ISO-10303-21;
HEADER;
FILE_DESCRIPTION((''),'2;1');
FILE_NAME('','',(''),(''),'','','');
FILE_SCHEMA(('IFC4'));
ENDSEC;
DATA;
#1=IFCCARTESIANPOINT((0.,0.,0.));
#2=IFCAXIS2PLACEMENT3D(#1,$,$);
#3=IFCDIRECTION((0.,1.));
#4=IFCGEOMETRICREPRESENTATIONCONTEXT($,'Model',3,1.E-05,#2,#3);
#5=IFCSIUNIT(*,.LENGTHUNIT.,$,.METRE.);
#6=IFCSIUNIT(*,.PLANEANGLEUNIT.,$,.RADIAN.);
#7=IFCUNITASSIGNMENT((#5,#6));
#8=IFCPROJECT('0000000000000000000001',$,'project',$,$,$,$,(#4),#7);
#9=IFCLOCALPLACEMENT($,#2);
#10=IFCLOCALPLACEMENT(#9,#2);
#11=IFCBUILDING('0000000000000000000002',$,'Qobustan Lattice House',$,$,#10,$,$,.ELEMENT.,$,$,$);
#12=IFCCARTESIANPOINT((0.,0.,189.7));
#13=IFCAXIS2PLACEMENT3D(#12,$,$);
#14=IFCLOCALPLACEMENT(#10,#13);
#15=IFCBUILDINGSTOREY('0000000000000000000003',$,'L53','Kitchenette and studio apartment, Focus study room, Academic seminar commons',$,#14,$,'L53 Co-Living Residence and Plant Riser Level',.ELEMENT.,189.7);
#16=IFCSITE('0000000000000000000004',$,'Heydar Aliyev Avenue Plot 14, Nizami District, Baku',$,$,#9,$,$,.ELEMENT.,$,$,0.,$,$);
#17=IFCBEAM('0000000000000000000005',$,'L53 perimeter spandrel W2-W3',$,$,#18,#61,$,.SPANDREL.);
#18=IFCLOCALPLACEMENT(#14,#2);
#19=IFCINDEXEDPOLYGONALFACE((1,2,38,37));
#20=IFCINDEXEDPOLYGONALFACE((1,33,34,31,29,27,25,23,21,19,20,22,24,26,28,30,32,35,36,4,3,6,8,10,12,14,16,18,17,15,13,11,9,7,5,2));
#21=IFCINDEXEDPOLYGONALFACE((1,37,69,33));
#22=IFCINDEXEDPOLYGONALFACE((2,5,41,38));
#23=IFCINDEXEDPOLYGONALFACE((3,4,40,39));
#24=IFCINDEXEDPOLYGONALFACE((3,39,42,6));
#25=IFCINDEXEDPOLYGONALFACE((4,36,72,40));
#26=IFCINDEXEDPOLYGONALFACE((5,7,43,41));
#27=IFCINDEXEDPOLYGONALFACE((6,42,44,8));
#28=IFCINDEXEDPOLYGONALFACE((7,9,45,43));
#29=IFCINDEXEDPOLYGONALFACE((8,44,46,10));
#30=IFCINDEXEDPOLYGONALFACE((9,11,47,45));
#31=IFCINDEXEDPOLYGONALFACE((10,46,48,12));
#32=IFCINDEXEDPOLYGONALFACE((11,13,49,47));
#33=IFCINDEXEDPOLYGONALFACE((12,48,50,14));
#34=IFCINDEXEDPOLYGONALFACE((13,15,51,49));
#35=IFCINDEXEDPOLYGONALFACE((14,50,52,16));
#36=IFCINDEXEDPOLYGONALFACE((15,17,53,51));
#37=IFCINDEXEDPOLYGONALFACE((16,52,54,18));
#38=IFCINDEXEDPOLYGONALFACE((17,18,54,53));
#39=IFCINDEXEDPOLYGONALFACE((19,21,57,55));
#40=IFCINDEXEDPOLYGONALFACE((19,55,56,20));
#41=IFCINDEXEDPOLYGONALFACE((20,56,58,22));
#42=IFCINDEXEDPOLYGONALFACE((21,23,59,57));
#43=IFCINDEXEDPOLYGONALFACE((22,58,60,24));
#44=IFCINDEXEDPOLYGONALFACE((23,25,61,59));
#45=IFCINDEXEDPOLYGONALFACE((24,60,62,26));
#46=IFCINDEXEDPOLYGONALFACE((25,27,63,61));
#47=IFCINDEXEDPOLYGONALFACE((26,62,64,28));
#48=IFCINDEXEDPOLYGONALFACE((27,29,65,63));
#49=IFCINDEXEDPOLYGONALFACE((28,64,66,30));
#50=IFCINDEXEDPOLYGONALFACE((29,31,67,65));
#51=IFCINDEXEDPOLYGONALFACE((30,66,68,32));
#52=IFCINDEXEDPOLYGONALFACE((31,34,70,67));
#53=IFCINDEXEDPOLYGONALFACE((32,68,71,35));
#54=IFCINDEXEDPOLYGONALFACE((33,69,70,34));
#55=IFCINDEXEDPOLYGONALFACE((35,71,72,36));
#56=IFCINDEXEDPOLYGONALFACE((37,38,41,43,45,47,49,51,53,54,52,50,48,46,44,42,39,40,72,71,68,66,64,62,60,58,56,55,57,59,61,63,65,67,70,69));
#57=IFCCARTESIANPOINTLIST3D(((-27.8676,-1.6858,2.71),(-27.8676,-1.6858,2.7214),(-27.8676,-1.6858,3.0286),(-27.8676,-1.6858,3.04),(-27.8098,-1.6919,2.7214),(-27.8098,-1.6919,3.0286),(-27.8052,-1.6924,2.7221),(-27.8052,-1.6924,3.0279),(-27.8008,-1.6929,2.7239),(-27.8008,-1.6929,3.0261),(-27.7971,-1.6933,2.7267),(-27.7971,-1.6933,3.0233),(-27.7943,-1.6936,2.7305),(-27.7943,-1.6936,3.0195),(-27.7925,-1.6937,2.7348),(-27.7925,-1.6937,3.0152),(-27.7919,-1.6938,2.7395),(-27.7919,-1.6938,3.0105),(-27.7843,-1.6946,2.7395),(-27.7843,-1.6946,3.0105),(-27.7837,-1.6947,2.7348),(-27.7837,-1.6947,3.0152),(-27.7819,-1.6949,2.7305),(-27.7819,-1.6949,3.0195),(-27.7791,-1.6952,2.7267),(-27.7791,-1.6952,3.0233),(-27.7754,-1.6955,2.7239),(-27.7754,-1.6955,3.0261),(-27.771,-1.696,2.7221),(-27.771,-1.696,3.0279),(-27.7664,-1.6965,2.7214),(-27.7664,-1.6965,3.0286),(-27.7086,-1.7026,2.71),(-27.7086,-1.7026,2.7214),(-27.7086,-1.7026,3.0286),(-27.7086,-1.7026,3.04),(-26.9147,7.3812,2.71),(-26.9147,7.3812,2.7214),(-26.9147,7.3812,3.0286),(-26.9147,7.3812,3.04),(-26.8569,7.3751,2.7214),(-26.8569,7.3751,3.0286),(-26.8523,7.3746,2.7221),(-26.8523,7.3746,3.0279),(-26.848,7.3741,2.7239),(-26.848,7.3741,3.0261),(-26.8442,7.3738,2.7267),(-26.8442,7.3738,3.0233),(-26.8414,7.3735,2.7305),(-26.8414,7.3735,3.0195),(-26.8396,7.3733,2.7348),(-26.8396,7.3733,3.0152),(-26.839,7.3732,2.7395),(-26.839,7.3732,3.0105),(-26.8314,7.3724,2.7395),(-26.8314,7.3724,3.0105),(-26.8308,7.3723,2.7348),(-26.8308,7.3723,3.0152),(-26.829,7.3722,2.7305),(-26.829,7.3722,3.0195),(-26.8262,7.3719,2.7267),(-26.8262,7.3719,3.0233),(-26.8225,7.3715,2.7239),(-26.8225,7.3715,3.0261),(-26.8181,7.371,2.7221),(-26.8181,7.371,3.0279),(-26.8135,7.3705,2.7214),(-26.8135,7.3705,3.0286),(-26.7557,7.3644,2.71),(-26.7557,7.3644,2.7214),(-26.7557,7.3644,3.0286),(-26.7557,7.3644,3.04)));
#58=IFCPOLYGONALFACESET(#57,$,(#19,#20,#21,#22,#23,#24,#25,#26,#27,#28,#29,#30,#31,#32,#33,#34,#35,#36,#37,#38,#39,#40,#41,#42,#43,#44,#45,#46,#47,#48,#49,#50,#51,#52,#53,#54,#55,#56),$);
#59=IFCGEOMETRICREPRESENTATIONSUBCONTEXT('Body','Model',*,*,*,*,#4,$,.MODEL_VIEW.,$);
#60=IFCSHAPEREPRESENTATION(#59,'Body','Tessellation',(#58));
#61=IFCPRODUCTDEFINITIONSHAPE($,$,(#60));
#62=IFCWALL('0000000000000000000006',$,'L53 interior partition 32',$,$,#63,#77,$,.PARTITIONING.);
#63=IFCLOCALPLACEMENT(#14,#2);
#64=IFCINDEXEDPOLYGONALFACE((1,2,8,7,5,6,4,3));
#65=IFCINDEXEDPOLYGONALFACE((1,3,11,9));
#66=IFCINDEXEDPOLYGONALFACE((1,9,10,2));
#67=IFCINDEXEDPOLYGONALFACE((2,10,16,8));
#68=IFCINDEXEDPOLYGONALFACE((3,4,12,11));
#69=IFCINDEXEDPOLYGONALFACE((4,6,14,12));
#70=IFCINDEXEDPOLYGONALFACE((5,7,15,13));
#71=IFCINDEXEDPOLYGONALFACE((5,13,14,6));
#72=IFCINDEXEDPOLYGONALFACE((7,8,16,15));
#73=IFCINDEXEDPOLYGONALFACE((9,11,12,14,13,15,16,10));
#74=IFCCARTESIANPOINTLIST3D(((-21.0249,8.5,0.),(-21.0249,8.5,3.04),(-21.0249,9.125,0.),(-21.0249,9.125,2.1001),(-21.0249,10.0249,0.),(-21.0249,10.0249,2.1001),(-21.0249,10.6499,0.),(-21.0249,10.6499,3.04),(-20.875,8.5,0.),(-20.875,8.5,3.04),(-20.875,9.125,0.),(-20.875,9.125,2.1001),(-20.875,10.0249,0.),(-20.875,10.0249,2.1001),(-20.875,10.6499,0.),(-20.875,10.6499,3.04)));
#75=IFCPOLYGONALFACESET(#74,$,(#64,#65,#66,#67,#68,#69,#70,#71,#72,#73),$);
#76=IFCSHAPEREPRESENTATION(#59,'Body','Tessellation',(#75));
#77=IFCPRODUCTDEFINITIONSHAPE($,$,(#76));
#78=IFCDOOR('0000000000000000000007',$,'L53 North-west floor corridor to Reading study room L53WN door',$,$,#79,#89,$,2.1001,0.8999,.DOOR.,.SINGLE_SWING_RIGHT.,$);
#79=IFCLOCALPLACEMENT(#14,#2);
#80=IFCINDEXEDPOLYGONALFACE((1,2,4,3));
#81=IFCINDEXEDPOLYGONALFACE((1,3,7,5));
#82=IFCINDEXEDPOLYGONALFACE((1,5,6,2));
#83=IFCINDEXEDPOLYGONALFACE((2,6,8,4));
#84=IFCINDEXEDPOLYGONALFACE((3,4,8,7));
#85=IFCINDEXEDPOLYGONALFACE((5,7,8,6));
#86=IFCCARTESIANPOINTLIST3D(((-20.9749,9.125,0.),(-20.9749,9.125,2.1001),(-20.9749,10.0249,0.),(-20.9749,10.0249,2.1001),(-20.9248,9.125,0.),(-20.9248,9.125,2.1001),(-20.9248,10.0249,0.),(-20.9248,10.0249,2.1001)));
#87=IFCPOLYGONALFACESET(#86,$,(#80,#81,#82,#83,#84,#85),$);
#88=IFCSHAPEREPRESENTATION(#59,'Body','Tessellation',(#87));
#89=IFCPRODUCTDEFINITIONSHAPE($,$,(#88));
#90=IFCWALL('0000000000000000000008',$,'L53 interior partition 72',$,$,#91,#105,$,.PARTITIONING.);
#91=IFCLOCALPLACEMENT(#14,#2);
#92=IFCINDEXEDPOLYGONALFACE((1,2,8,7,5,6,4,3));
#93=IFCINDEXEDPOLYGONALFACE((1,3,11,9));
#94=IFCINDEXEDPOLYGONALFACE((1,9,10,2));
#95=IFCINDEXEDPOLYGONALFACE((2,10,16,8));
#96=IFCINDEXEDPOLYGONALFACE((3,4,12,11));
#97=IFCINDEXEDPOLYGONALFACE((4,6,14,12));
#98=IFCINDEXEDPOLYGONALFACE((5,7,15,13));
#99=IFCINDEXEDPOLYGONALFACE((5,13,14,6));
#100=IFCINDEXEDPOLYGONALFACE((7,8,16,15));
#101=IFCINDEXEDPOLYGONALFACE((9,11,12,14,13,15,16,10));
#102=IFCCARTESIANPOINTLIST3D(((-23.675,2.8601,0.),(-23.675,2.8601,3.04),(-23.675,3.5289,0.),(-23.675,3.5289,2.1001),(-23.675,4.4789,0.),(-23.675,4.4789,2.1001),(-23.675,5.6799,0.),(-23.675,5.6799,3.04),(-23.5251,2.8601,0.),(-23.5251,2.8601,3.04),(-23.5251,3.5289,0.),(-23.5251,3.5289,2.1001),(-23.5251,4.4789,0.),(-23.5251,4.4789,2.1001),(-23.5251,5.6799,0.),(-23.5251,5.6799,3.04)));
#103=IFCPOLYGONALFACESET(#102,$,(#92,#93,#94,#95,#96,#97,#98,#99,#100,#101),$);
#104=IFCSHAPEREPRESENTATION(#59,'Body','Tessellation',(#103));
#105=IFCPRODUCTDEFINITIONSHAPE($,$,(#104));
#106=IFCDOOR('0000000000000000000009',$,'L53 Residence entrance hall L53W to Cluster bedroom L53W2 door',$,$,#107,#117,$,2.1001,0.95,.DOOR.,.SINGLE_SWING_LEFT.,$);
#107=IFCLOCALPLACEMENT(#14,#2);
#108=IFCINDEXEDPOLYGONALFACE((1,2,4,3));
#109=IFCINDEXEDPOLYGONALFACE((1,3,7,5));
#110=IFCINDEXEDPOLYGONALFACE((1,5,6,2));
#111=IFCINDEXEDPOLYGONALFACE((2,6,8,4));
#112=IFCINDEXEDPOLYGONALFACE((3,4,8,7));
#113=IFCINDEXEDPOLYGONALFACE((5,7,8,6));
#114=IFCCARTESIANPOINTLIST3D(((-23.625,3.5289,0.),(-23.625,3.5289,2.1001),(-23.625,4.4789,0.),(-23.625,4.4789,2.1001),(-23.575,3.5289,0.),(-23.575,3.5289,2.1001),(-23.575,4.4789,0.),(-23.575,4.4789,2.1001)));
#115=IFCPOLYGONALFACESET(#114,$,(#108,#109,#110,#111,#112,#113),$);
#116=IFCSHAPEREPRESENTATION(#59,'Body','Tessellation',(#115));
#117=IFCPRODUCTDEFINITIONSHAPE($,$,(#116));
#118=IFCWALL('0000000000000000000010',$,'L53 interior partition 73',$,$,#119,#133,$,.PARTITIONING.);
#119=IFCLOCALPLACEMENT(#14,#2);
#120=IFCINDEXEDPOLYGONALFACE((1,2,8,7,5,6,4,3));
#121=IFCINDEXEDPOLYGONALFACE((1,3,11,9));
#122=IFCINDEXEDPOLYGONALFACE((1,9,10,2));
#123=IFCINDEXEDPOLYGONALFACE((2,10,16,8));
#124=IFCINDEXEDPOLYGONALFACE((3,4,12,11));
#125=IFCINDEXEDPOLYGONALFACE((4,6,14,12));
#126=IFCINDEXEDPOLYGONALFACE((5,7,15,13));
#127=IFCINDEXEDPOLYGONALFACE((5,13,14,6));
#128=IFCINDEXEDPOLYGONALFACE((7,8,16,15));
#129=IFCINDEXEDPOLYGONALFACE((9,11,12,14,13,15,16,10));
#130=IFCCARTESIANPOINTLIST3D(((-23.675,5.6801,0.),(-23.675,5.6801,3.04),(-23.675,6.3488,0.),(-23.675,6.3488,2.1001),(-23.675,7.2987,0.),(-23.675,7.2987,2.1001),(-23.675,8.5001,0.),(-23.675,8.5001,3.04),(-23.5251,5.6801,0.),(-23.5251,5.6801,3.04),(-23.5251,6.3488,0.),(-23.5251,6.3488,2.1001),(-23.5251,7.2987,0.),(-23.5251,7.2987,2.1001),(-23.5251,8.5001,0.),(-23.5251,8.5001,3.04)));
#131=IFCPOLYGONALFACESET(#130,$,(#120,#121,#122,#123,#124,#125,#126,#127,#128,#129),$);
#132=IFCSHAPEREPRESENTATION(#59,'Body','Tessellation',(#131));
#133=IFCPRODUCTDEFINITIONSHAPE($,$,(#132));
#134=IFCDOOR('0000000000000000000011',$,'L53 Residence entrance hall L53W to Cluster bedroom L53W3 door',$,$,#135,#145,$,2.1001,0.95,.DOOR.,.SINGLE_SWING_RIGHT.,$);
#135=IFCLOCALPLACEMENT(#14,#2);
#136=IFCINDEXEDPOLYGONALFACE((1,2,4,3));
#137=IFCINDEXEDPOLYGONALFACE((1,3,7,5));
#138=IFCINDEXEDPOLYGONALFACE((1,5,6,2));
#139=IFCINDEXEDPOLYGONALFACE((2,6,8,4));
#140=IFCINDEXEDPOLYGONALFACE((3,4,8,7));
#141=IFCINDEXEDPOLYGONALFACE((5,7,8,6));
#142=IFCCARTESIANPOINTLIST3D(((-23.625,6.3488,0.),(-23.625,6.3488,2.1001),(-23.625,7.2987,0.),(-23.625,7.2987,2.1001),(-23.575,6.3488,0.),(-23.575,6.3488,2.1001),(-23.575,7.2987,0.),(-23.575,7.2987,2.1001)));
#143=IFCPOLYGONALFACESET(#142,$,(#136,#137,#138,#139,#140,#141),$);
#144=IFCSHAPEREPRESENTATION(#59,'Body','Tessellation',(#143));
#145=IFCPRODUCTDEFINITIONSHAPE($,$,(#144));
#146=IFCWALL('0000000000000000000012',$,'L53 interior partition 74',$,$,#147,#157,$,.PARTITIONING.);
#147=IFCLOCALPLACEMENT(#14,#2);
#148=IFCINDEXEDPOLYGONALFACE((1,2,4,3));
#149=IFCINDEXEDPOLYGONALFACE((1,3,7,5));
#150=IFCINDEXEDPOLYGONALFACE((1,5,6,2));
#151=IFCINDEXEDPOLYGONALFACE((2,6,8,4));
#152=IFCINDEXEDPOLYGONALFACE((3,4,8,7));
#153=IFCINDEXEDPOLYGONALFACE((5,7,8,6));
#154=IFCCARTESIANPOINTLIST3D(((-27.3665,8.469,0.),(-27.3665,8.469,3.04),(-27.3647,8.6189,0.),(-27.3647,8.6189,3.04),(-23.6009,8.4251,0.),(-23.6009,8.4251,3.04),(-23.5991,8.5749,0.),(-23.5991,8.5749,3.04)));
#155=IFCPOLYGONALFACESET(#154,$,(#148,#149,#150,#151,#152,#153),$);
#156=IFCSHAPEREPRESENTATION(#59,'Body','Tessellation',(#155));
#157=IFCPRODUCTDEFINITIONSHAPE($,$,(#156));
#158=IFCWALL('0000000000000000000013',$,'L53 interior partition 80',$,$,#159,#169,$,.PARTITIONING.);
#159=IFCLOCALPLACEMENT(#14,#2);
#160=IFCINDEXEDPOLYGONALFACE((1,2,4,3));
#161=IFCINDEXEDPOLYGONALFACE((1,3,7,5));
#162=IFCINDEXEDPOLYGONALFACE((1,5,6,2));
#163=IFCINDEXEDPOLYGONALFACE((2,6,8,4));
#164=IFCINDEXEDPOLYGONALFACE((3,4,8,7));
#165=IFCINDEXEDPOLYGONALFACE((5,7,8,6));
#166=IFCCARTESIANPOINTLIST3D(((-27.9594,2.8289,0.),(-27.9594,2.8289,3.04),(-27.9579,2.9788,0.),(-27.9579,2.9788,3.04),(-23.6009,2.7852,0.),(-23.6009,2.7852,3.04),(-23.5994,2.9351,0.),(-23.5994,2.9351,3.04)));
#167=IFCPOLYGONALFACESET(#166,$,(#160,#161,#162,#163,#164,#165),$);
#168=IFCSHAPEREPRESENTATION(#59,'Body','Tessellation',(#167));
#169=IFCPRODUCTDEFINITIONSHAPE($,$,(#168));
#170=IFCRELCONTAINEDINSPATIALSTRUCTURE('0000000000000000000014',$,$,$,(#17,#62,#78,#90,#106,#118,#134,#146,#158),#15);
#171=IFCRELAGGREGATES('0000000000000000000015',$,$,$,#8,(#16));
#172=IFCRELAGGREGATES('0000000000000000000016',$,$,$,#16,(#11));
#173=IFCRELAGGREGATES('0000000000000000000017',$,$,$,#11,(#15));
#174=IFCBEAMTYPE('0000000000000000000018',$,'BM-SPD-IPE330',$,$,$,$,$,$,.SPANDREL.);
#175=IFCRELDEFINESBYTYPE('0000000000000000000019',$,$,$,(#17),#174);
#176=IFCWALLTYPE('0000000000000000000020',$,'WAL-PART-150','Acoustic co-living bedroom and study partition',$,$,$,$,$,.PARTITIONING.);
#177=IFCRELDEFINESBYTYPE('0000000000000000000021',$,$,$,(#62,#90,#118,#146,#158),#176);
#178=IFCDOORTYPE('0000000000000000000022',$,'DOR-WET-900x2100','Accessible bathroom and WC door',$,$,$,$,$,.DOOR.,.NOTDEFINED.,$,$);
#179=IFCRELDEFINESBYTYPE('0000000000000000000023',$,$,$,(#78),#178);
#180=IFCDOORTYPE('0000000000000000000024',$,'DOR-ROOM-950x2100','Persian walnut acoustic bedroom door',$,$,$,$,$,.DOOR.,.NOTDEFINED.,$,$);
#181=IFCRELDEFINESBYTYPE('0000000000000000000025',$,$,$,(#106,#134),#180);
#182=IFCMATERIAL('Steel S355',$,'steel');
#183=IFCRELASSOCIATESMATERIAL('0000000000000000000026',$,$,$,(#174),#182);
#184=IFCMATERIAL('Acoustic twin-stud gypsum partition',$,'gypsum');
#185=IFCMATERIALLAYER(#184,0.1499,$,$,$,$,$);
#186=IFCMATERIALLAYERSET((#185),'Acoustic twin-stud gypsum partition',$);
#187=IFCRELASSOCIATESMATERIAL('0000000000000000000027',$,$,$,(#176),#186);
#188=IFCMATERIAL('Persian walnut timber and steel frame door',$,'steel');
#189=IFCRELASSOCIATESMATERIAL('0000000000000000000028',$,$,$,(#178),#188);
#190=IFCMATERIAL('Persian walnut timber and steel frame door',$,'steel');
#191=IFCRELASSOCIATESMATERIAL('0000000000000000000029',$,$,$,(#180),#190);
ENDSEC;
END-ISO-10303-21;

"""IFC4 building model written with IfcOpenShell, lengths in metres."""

from ifc_helpers import new_model, si_unit, direction, frame, frame_2d, origin, origin_2d, place, context, subcontext, project, spatial, rectangle, i_section, extrude, material, layer, layer_set, material_profile, profile_set, type_object, element, fill, save


model = new_model("IFC4")

# Units and contexts
model_context = context("Model", 3, precision=1e-05, world=origin(), true_north=direction((0.0, 1.0)))
body_context = subcontext(model_context, "Body", "Model", "MODEL_VIEW")
ifc_project = project(units=[si_unit("LENGTHUNIT", "METRE"), si_unit("PLANEANGLEUNIT", "RADIAN")], contexts=[model_context])

# Site, building, storey
site_placement = place(None, origin())
site = spatial("IfcSite", under=ifc_project, at=site_placement, Name="Heydar Aliyev Avenue Plot 14, Nizami District, Baku", CompositionType="ELEMENT", RefElevation=0.0)
building_placement = place(site_placement, origin())
building = spatial("IfcBuilding", under=site, at=building_placement, Name="Qobustan Lattice House", CompositionType="ELEMENT")
storey_placement = place(building_placement, frame((0.0, 0.0, 189.7)))
storey = spatial("IfcBuildingStorey", under=building, at=storey_placement, Name="L53", Description="Kitchenette and studio apartment, Focus study room, Academic seminar commons", LongName="L53 Co-Living Residence and Plant Riser Level", CompositionType="ELEMENT", Elevation=189.7)

# Beam
ifc_material_1 = material(Name="Steel S355", Category="steel")
ifc_material_profile_1 = material_profile(ifc_material_1, i_section(OverallWidth=0.1599, OverallDepth=0.3301, WebThickness=0.0076, FlangeThickness=0.0115, FilletRadius=0.0181, at=origin_2d()), Name="IPE330")
ifc_profile_set_1 = profile_set([ifc_material_profile_1], Name="Steel S355")
beam_type_1 = type_object("IfcBeamType", Name="BM-SPD-IPE330", PredefinedType="SPANDREL", material=ifc_profile_set_1)
beam_1_placement = place(storey_placement, frame((-26.8352, 7.3728, 2.875), z_axis=(-0.104519, -0.994523, 0.0), x_axis=(0.994523, -0.104519, 0.0)))
element("IfcBeam", 1, at=beam_1_placement, inside=storey, type_object=beam_type_1, Name="L53 perimeter spandrel W2-W3", PredefinedType="SPANDREL", context=body_context, shape_type="SweptSolid", body=[
    extrude(i_section(OverallWidth=0.1599, OverallDepth=0.3301, WebThickness=0.0076, FlangeThickness=0.0115, FilletRadius=0.0181, at=origin_2d()), origin(), (0.0, 0.0, 1.0), 9.1169),
])

# Walls, openings, doors
ifc_material_2 = material(Name="Acoustic twin-stud gypsum partition", Category="gypsum")
ifc_layer_1 = layer(ifc_material_2, 0.1499)
ifc_layer_set_1 = layer_set([ifc_layer_1], Name="Acoustic twin-stud gypsum partition")
wall_type_1 = type_object("IfcWallType", Name="WAL-PART-150", Description="Acoustic co-living bedroom and study partition", PredefinedType="PARTITIONING", material=ifc_layer_set_1)
wall_1_placement = place(storey_placement, frame((-20.95, 8.5, 0.0), z_axis=(0.0, 0.0, 1.0), x_axis=(0.0, 1.0, 0.0)))
wall_1 = element("IfcWall", 2, at=wall_1_placement, inside=storey, type_object=wall_type_1, Name="L53 interior partition 32", PredefinedType="PARTITIONING", context=body_context, shape_type="SweptSolid", body=[
    extrude(rectangle(XDim=2.1499, YDim=0.1499, at=frame_2d((1.075, 0.0))), origin(), (0.0, 0.0, 1.0), 3.04),
])
opening_1_placement = place(wall_1_placement, frame((0.625, 0.0, 0.0)))
opening_1 = element("IfcOpeningElement", 3, at=opening_1_placement, cuts=wall_1, PredefinedType="OPENING", context=body_context, shape_type="SweptSolid", body=[
    extrude(rectangle(XDim=0.8999, YDim=2.1001, at=frame_2d((0.45, 1.05))), frame((0.0, 0.085, 0.0), z_axis=(0.0, -1.0, 0.0), x_axis=(1.0, 0.0, 0.0)), (0.0, 0.0, 1.0), 0.1699),
])
ifc_material_3 = material(Name="Persian walnut timber and steel frame door", Category="steel")
door_type_1 = type_object("IfcDoorType", Name="DOR-WET-900x2100", Description="Accessible bathroom and WC door", OperationType="NOTDEFINED", PredefinedType="DOOR", material=ifc_material_3)
door_1_placement = place(opening_1_placement, origin())
door_1 = element("IfcDoor", 4, at=door_1_placement, inside=storey, type_object=door_type_1, Name="L53 North-west floor corridor to Reading study room L53WN door", OperationType="SINGLE_SWING_RIGHT", OverallHeight=2.1001, OverallWidth=0.8999, PredefinedType="DOOR", context=body_context, shape_type="SweptSolid", body=[
    extrude(rectangle(XDim=0.8999, YDim=2.1001, at=frame_2d((0.45, 1.05))), frame((0.0, 0.0249, 0.0), z_axis=(0.0, -1.0, 0.0), x_axis=(1.0, 0.0, 0.0)), (0.0, 0.0, 1.0), 0.05),
])
fill(opening_1, door_1)
wall_2_placement = place(storey_placement, frame((-23.6001, 2.8601, 0.0), z_axis=(0.0, 0.0, 1.0), x_axis=(0.0, 1.0, 0.0)))
wall_2 = element("IfcWall", 5, at=wall_2_placement, inside=storey, type_object=wall_type_1, Name="L53 interior partition 72", PredefinedType="PARTITIONING", context=body_context, shape_type="SweptSolid", body=[
    extrude(rectangle(XDim=2.8198, YDim=0.1499, at=frame_2d((1.4099, 0.0))), origin(), (0.0, 0.0, 1.0), 3.04),
])
opening_2_placement = place(wall_2_placement, frame((0.6687, 0.0, 0.0)))
opening_2 = element("IfcOpeningElement", 6, at=opening_2_placement, cuts=wall_2, PredefinedType="OPENING", context=body_context, shape_type="SweptSolid", body=[
    extrude(rectangle(XDim=0.95, YDim=2.1001, at=frame_2d((0.4751, 1.05))), frame((0.0, 0.085, 0.0), z_axis=(0.0, -1.0, 0.0), x_axis=(1.0, 0.0, 0.0)), (0.0, 0.0, 1.0), 0.1699),
])
ifc_material_4 = material(Name="Persian walnut timber and steel frame door", Category="steel")
door_type_2 = type_object("IfcDoorType", Name="DOR-ROOM-950x2100", Description="Persian walnut acoustic bedroom door", OperationType="NOTDEFINED", PredefinedType="DOOR", material=ifc_material_4)
door_2_placement = place(opening_2_placement, origin())
door_2 = element("IfcDoor", 7, at=door_2_placement, inside=storey, type_object=door_type_2, Name="L53 Residence entrance hall L53W to Cluster bedroom L53W2 door", OperationType="SINGLE_SWING_LEFT", OverallHeight=2.1001, OverallWidth=0.95, PredefinedType="DOOR", context=body_context, shape_type="SweptSolid", body=[
    extrude(rectangle(XDim=0.95, YDim=2.1001, at=frame_2d((0.4751, 1.05))), frame((0.0, 0.0249, 0.0), z_axis=(0.0, -1.0, 0.0), x_axis=(1.0, 0.0, 0.0)), (0.0, 0.0, 1.0), 0.05),
])
fill(opening_2, door_2)
wall_3_placement = place(storey_placement, frame((-23.6001, 5.6799, 0.0), z_axis=(0.0, 0.0, 1.0), x_axis=(0.0, 1.0, 0.0)))
wall_3 = element("IfcWall", 8, at=wall_3_placement, inside=storey, type_object=wall_type_1, Name="L53 interior partition 73", PredefinedType="PARTITIONING", context=body_context, shape_type="SweptSolid", body=[
    extrude(rectangle(XDim=2.8201, YDim=0.1499, at=frame_2d((1.4102, 0.0))), origin(), (0.0, 0.0, 1.0), 3.04),
])
opening_3_placement = place(wall_3_placement, frame((0.6687, 0.0, 0.0)))
opening_3 = element("IfcOpeningElement", 9, at=opening_3_placement, cuts=wall_3, PredefinedType="OPENING", context=body_context, shape_type="SweptSolid", body=[
    extrude(rectangle(XDim=0.95, YDim=2.1001, at=frame_2d((0.4751, 1.05))), frame((0.0, 0.085, 0.0), z_axis=(0.0, -1.0, 0.0), x_axis=(1.0, 0.0, 0.0)), (0.0, 0.0, 1.0), 0.1699),
])
door_3_placement = place(opening_3_placement, origin())
door_3 = element("IfcDoor", 10, at=door_3_placement, inside=storey, type_object=door_type_2, Name="L53 Residence entrance hall L53W to Cluster bedroom L53W3 door", OperationType="SINGLE_SWING_RIGHT", OverallHeight=2.1001, OverallWidth=0.95, PredefinedType="DOOR", context=body_context, shape_type="SweptSolid", body=[
    extrude(rectangle(XDim=0.95, YDim=2.1001, at=frame_2d((0.4751, 1.05))), frame((0.0, 0.0249, 0.0), z_axis=(0.0, -1.0, 0.0), x_axis=(1.0, 0.0, 0.0)), (0.0, 0.0, 1.0), 0.05),
])
fill(opening_3, door_3)

# Walls
wall_4_placement = place(storey_placement, frame((-23.6001, 8.5, 0.0), z_axis=(0.0, 0.0, 1.0), x_axis=(-0.999932, 0.011669, 0.0)))
element("IfcWall", 11, at=wall_4_placement, inside=storey, type_object=wall_type_1, Name="L53 interior partition 74", PredefinedType="PARTITIONING", context=body_context, shape_type="SweptSolid", body=[
    extrude(rectangle(XDim=3.7659, YDim=0.1499, at=frame_2d((1.8828, 0.0))), origin(), (0.0, 0.0, 1.0), 3.04),
])
wall_5_placement = place(storey_placement, frame((-27.9585, 2.9038, 0.0), z_axis=(0.0, 0.0, 1.0), x_axis=(0.99995, -0.010026, 0.0)))
element("IfcWall", 12, at=wall_5_placement, inside=storey, type_object=wall_type_1, Name="L53 interior partition 80", PredefinedType="PARTITIONING", context=body_context, shape_type="SweptSolid", body=[
    extrude(rectangle(XDim=4.3586, YDim=0.1499, at=frame_2d((2.1792, 0.0))), origin(), (0.0, 0.0, 1.0), 3.04),
])

save(model, "model.ifc")
